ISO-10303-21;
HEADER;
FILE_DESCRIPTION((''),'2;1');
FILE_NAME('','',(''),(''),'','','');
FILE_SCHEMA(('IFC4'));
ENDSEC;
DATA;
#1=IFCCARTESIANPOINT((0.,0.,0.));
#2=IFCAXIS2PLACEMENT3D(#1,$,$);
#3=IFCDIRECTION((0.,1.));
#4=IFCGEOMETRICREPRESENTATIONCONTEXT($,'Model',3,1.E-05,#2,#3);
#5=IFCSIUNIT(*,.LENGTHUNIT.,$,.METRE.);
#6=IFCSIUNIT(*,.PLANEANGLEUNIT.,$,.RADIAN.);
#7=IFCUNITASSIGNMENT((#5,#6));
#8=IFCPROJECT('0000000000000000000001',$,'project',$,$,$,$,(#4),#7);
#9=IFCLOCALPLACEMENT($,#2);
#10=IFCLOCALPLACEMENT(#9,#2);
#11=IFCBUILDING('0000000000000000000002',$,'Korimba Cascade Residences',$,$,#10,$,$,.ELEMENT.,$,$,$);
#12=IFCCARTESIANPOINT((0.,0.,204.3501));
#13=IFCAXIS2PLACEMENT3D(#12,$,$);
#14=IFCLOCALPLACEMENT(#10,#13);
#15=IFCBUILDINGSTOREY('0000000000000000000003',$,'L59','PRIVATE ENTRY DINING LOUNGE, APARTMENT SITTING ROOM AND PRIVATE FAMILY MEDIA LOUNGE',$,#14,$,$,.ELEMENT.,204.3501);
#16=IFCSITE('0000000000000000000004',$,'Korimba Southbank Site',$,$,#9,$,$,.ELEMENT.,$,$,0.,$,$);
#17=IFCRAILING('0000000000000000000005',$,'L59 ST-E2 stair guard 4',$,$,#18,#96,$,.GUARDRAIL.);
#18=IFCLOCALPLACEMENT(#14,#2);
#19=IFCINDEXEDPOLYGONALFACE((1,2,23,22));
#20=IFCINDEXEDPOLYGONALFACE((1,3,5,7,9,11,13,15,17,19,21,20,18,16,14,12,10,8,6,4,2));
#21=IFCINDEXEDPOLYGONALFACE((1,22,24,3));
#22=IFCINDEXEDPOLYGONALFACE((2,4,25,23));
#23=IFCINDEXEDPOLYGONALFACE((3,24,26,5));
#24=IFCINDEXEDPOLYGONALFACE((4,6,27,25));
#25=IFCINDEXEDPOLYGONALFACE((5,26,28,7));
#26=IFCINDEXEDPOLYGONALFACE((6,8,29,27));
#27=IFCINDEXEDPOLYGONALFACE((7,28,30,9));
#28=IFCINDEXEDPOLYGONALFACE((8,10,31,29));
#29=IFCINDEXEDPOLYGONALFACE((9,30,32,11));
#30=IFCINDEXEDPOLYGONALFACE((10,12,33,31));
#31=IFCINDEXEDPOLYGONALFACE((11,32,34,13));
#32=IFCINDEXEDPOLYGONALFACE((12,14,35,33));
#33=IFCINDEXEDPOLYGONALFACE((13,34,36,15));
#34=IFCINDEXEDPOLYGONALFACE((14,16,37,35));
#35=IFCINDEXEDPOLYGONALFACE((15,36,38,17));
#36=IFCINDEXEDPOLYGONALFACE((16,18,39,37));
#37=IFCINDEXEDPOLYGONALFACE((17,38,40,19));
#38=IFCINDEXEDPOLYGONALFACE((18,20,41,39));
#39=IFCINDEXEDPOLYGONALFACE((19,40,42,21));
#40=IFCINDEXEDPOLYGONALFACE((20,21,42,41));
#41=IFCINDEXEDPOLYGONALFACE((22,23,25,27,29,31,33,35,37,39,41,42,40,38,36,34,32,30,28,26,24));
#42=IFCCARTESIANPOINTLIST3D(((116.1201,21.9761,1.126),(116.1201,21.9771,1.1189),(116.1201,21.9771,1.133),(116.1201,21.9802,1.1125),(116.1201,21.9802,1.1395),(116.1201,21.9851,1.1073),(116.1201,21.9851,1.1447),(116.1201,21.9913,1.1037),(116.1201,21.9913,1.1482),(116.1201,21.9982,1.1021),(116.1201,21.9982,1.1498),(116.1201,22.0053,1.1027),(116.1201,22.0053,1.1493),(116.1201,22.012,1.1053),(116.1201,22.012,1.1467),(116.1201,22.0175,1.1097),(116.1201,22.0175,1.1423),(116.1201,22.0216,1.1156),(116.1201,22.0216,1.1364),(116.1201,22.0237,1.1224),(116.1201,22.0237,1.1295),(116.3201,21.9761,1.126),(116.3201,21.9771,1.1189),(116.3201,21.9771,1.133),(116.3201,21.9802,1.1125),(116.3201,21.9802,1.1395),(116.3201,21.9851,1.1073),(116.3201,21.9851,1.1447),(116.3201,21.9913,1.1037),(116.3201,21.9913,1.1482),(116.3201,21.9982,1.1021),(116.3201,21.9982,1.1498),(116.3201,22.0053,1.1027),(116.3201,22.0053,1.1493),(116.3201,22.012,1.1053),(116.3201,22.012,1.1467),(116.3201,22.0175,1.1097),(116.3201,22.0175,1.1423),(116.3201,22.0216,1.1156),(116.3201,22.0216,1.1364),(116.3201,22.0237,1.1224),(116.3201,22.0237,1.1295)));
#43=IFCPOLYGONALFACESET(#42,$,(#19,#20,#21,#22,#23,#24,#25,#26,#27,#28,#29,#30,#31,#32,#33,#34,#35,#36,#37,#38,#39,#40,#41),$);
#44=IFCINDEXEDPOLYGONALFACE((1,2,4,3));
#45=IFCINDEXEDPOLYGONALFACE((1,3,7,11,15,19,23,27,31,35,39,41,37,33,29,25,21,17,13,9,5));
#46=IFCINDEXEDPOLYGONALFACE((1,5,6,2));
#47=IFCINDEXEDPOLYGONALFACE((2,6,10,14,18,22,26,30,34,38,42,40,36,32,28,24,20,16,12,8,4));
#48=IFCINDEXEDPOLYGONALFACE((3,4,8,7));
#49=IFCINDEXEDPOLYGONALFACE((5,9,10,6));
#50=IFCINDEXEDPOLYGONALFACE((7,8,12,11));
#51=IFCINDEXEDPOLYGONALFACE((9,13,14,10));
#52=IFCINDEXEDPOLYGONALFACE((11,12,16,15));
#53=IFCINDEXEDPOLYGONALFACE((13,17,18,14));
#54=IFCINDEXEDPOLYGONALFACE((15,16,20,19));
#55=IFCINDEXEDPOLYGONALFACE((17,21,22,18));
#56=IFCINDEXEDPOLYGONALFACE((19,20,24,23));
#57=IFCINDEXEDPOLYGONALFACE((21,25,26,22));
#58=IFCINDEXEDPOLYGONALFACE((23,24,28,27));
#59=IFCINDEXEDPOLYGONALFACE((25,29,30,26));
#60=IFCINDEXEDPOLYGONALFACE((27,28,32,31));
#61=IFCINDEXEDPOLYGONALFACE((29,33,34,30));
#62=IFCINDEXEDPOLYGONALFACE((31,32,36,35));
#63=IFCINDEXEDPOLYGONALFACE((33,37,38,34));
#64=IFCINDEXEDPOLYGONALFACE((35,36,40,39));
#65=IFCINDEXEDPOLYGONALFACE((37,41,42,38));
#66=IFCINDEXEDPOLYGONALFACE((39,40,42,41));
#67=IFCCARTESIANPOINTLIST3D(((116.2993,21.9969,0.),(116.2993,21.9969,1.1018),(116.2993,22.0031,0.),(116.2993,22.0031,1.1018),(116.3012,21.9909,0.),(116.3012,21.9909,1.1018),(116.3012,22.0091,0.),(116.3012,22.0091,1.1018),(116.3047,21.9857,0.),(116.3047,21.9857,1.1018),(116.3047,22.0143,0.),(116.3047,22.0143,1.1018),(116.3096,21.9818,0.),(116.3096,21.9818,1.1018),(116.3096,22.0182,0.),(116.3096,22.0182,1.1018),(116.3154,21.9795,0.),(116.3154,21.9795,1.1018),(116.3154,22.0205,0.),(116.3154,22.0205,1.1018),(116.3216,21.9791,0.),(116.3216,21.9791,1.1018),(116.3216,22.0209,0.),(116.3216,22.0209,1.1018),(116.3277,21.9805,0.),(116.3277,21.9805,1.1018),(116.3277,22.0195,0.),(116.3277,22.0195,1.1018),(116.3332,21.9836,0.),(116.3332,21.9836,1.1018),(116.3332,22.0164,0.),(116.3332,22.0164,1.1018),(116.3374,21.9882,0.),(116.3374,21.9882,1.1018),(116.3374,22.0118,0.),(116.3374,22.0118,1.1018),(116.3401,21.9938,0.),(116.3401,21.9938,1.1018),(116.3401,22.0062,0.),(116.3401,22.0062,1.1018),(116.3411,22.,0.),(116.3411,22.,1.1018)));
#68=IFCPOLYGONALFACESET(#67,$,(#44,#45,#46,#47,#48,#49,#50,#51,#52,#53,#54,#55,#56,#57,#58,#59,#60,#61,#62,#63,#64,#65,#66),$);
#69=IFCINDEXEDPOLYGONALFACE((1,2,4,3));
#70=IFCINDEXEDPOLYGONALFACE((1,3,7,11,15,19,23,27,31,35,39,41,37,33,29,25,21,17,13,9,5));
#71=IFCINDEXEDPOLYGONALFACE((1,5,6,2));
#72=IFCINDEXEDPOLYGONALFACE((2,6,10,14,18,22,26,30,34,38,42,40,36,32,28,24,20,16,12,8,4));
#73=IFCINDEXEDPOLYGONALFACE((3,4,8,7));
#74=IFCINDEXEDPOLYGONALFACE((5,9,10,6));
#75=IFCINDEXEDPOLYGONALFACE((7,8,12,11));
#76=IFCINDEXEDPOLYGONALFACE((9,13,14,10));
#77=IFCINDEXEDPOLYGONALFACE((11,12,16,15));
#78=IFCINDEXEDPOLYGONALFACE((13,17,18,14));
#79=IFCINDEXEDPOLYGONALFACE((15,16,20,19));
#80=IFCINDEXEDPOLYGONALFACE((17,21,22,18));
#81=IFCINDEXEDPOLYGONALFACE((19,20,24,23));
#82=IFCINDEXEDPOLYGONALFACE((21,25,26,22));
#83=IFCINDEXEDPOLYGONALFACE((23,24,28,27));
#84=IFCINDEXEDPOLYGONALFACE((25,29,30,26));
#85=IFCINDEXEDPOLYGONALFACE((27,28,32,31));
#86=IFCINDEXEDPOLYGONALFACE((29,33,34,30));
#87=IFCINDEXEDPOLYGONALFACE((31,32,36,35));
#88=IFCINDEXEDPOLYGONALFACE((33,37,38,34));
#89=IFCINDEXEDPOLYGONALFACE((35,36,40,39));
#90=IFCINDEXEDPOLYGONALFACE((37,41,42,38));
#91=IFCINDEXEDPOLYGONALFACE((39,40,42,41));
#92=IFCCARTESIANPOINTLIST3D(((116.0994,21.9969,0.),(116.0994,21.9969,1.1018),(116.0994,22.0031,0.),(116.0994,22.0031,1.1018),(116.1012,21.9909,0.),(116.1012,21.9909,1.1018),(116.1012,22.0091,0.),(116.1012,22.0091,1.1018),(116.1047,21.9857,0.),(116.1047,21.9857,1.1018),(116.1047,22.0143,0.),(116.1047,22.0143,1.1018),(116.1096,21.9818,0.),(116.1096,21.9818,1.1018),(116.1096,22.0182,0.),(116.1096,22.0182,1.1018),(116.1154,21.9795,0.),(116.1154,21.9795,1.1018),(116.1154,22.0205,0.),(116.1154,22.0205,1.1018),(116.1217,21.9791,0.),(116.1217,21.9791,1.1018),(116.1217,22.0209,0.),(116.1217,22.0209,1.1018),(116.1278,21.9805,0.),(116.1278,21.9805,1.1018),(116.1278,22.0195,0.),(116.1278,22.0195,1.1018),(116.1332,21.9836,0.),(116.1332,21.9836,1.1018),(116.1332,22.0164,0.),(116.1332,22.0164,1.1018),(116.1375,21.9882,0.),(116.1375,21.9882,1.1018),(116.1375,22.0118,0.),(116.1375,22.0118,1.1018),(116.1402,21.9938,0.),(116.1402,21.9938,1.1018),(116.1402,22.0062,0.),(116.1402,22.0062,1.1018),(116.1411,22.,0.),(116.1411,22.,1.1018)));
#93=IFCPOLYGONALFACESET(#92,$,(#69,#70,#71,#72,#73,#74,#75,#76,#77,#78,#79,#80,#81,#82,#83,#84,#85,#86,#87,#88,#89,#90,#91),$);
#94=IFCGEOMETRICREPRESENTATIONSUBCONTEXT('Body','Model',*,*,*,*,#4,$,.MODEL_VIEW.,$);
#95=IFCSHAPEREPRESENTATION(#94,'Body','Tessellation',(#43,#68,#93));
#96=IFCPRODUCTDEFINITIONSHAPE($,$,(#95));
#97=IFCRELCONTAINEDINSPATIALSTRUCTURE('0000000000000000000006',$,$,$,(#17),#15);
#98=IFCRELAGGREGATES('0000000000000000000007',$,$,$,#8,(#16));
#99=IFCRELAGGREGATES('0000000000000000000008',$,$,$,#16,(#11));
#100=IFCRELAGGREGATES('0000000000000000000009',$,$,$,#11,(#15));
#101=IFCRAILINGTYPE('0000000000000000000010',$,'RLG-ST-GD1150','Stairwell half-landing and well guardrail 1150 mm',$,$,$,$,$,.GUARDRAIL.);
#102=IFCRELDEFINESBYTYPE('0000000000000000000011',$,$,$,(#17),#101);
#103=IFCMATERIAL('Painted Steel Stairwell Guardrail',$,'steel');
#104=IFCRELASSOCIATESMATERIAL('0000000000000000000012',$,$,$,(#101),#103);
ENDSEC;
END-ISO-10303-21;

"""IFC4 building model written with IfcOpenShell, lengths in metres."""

from ifc_helpers import new_model, si_unit, direction, frame, origin, origin_2d, place, context, subcontext, project, spatial, circle, extrude, material, type_object, element, save


model = new_model("IFC4")

# Units and contexts
model_context = context("Model", 3, precision=1e-05, world=origin(), true_north=direction((0.0, 1.0)))
body_context = subcontext(model_context, "Body", "Model", "MODEL_VIEW")
ifc_project = project(units=[si_unit("LENGTHUNIT", "METRE"), si_unit("PLANEANGLEUNIT", "RADIAN")], contexts=[model_context])

# Site, building, storey
site_placement = place(None, origin())
site = spatial("IfcSite", under=ifc_project, at=site_placement, Name="Korimba Southbank Site", CompositionType="ELEMENT", RefElevation=0.0)
building_placement = place(site_placement, origin())
building = spatial("IfcBuilding", under=site, at=building_placement, Name="Korimba Cascade Residences", CompositionType="ELEMENT")
storey_placement = place(building_placement, frame((0.0, 0.0, 204.3501)))
storey = spatial("IfcBuildingStorey", under=building, at=storey_placement, Name="L59", Description="PRIVATE ENTRY DINING LOUNGE, APARTMENT SITTING ROOM AND PRIVATE FAMILY MEDIA LOUNGE", CompositionType="ELEMENT", Elevation=204.3501)

# Railing
ifc_material_1 = material(Name="Painted Steel Stairwell Guardrail", Category="steel")
railing_type_1 = type_object("IfcRailingType", Name="RLG-ST-GD1150", Description="Stairwell half-landing and well guardrail 1150 mm", PredefinedType="GUARDRAIL", material=ifc_material_1)
railing_1_placement = place(storey_placement, frame((116.3201, 22.0, 0.0)))
element("IfcRailing", 1, at=railing_1_placement, inside=storey, type_object=railing_type_1, Name="L59 ST-E2 stair guard 4", PredefinedType="GUARDRAIL", context=body_context, shape_type="SweptSolid", body=[
    extrude(circle(Radius=0.0239, at=origin_2d()), frame((0.0, 0.0, 1.126), z_axis=(-1.0, 0.0, 0.0), x_axis=(0.0, -1.0, 0.0)), (0.0, 0.0, 1.0), 0.2),
    extrude(circle(Radius=0.021, at=origin_2d()), origin(), (0.0, 0.0, 1.0), 1.1018),
    extrude(circle(Radius=0.021, at=origin_2d()), frame((-0.2, 0.0, 0.0)), (0.0, 0.0, 1.0), 1.1018),
])

save(model, "model.ifc")
